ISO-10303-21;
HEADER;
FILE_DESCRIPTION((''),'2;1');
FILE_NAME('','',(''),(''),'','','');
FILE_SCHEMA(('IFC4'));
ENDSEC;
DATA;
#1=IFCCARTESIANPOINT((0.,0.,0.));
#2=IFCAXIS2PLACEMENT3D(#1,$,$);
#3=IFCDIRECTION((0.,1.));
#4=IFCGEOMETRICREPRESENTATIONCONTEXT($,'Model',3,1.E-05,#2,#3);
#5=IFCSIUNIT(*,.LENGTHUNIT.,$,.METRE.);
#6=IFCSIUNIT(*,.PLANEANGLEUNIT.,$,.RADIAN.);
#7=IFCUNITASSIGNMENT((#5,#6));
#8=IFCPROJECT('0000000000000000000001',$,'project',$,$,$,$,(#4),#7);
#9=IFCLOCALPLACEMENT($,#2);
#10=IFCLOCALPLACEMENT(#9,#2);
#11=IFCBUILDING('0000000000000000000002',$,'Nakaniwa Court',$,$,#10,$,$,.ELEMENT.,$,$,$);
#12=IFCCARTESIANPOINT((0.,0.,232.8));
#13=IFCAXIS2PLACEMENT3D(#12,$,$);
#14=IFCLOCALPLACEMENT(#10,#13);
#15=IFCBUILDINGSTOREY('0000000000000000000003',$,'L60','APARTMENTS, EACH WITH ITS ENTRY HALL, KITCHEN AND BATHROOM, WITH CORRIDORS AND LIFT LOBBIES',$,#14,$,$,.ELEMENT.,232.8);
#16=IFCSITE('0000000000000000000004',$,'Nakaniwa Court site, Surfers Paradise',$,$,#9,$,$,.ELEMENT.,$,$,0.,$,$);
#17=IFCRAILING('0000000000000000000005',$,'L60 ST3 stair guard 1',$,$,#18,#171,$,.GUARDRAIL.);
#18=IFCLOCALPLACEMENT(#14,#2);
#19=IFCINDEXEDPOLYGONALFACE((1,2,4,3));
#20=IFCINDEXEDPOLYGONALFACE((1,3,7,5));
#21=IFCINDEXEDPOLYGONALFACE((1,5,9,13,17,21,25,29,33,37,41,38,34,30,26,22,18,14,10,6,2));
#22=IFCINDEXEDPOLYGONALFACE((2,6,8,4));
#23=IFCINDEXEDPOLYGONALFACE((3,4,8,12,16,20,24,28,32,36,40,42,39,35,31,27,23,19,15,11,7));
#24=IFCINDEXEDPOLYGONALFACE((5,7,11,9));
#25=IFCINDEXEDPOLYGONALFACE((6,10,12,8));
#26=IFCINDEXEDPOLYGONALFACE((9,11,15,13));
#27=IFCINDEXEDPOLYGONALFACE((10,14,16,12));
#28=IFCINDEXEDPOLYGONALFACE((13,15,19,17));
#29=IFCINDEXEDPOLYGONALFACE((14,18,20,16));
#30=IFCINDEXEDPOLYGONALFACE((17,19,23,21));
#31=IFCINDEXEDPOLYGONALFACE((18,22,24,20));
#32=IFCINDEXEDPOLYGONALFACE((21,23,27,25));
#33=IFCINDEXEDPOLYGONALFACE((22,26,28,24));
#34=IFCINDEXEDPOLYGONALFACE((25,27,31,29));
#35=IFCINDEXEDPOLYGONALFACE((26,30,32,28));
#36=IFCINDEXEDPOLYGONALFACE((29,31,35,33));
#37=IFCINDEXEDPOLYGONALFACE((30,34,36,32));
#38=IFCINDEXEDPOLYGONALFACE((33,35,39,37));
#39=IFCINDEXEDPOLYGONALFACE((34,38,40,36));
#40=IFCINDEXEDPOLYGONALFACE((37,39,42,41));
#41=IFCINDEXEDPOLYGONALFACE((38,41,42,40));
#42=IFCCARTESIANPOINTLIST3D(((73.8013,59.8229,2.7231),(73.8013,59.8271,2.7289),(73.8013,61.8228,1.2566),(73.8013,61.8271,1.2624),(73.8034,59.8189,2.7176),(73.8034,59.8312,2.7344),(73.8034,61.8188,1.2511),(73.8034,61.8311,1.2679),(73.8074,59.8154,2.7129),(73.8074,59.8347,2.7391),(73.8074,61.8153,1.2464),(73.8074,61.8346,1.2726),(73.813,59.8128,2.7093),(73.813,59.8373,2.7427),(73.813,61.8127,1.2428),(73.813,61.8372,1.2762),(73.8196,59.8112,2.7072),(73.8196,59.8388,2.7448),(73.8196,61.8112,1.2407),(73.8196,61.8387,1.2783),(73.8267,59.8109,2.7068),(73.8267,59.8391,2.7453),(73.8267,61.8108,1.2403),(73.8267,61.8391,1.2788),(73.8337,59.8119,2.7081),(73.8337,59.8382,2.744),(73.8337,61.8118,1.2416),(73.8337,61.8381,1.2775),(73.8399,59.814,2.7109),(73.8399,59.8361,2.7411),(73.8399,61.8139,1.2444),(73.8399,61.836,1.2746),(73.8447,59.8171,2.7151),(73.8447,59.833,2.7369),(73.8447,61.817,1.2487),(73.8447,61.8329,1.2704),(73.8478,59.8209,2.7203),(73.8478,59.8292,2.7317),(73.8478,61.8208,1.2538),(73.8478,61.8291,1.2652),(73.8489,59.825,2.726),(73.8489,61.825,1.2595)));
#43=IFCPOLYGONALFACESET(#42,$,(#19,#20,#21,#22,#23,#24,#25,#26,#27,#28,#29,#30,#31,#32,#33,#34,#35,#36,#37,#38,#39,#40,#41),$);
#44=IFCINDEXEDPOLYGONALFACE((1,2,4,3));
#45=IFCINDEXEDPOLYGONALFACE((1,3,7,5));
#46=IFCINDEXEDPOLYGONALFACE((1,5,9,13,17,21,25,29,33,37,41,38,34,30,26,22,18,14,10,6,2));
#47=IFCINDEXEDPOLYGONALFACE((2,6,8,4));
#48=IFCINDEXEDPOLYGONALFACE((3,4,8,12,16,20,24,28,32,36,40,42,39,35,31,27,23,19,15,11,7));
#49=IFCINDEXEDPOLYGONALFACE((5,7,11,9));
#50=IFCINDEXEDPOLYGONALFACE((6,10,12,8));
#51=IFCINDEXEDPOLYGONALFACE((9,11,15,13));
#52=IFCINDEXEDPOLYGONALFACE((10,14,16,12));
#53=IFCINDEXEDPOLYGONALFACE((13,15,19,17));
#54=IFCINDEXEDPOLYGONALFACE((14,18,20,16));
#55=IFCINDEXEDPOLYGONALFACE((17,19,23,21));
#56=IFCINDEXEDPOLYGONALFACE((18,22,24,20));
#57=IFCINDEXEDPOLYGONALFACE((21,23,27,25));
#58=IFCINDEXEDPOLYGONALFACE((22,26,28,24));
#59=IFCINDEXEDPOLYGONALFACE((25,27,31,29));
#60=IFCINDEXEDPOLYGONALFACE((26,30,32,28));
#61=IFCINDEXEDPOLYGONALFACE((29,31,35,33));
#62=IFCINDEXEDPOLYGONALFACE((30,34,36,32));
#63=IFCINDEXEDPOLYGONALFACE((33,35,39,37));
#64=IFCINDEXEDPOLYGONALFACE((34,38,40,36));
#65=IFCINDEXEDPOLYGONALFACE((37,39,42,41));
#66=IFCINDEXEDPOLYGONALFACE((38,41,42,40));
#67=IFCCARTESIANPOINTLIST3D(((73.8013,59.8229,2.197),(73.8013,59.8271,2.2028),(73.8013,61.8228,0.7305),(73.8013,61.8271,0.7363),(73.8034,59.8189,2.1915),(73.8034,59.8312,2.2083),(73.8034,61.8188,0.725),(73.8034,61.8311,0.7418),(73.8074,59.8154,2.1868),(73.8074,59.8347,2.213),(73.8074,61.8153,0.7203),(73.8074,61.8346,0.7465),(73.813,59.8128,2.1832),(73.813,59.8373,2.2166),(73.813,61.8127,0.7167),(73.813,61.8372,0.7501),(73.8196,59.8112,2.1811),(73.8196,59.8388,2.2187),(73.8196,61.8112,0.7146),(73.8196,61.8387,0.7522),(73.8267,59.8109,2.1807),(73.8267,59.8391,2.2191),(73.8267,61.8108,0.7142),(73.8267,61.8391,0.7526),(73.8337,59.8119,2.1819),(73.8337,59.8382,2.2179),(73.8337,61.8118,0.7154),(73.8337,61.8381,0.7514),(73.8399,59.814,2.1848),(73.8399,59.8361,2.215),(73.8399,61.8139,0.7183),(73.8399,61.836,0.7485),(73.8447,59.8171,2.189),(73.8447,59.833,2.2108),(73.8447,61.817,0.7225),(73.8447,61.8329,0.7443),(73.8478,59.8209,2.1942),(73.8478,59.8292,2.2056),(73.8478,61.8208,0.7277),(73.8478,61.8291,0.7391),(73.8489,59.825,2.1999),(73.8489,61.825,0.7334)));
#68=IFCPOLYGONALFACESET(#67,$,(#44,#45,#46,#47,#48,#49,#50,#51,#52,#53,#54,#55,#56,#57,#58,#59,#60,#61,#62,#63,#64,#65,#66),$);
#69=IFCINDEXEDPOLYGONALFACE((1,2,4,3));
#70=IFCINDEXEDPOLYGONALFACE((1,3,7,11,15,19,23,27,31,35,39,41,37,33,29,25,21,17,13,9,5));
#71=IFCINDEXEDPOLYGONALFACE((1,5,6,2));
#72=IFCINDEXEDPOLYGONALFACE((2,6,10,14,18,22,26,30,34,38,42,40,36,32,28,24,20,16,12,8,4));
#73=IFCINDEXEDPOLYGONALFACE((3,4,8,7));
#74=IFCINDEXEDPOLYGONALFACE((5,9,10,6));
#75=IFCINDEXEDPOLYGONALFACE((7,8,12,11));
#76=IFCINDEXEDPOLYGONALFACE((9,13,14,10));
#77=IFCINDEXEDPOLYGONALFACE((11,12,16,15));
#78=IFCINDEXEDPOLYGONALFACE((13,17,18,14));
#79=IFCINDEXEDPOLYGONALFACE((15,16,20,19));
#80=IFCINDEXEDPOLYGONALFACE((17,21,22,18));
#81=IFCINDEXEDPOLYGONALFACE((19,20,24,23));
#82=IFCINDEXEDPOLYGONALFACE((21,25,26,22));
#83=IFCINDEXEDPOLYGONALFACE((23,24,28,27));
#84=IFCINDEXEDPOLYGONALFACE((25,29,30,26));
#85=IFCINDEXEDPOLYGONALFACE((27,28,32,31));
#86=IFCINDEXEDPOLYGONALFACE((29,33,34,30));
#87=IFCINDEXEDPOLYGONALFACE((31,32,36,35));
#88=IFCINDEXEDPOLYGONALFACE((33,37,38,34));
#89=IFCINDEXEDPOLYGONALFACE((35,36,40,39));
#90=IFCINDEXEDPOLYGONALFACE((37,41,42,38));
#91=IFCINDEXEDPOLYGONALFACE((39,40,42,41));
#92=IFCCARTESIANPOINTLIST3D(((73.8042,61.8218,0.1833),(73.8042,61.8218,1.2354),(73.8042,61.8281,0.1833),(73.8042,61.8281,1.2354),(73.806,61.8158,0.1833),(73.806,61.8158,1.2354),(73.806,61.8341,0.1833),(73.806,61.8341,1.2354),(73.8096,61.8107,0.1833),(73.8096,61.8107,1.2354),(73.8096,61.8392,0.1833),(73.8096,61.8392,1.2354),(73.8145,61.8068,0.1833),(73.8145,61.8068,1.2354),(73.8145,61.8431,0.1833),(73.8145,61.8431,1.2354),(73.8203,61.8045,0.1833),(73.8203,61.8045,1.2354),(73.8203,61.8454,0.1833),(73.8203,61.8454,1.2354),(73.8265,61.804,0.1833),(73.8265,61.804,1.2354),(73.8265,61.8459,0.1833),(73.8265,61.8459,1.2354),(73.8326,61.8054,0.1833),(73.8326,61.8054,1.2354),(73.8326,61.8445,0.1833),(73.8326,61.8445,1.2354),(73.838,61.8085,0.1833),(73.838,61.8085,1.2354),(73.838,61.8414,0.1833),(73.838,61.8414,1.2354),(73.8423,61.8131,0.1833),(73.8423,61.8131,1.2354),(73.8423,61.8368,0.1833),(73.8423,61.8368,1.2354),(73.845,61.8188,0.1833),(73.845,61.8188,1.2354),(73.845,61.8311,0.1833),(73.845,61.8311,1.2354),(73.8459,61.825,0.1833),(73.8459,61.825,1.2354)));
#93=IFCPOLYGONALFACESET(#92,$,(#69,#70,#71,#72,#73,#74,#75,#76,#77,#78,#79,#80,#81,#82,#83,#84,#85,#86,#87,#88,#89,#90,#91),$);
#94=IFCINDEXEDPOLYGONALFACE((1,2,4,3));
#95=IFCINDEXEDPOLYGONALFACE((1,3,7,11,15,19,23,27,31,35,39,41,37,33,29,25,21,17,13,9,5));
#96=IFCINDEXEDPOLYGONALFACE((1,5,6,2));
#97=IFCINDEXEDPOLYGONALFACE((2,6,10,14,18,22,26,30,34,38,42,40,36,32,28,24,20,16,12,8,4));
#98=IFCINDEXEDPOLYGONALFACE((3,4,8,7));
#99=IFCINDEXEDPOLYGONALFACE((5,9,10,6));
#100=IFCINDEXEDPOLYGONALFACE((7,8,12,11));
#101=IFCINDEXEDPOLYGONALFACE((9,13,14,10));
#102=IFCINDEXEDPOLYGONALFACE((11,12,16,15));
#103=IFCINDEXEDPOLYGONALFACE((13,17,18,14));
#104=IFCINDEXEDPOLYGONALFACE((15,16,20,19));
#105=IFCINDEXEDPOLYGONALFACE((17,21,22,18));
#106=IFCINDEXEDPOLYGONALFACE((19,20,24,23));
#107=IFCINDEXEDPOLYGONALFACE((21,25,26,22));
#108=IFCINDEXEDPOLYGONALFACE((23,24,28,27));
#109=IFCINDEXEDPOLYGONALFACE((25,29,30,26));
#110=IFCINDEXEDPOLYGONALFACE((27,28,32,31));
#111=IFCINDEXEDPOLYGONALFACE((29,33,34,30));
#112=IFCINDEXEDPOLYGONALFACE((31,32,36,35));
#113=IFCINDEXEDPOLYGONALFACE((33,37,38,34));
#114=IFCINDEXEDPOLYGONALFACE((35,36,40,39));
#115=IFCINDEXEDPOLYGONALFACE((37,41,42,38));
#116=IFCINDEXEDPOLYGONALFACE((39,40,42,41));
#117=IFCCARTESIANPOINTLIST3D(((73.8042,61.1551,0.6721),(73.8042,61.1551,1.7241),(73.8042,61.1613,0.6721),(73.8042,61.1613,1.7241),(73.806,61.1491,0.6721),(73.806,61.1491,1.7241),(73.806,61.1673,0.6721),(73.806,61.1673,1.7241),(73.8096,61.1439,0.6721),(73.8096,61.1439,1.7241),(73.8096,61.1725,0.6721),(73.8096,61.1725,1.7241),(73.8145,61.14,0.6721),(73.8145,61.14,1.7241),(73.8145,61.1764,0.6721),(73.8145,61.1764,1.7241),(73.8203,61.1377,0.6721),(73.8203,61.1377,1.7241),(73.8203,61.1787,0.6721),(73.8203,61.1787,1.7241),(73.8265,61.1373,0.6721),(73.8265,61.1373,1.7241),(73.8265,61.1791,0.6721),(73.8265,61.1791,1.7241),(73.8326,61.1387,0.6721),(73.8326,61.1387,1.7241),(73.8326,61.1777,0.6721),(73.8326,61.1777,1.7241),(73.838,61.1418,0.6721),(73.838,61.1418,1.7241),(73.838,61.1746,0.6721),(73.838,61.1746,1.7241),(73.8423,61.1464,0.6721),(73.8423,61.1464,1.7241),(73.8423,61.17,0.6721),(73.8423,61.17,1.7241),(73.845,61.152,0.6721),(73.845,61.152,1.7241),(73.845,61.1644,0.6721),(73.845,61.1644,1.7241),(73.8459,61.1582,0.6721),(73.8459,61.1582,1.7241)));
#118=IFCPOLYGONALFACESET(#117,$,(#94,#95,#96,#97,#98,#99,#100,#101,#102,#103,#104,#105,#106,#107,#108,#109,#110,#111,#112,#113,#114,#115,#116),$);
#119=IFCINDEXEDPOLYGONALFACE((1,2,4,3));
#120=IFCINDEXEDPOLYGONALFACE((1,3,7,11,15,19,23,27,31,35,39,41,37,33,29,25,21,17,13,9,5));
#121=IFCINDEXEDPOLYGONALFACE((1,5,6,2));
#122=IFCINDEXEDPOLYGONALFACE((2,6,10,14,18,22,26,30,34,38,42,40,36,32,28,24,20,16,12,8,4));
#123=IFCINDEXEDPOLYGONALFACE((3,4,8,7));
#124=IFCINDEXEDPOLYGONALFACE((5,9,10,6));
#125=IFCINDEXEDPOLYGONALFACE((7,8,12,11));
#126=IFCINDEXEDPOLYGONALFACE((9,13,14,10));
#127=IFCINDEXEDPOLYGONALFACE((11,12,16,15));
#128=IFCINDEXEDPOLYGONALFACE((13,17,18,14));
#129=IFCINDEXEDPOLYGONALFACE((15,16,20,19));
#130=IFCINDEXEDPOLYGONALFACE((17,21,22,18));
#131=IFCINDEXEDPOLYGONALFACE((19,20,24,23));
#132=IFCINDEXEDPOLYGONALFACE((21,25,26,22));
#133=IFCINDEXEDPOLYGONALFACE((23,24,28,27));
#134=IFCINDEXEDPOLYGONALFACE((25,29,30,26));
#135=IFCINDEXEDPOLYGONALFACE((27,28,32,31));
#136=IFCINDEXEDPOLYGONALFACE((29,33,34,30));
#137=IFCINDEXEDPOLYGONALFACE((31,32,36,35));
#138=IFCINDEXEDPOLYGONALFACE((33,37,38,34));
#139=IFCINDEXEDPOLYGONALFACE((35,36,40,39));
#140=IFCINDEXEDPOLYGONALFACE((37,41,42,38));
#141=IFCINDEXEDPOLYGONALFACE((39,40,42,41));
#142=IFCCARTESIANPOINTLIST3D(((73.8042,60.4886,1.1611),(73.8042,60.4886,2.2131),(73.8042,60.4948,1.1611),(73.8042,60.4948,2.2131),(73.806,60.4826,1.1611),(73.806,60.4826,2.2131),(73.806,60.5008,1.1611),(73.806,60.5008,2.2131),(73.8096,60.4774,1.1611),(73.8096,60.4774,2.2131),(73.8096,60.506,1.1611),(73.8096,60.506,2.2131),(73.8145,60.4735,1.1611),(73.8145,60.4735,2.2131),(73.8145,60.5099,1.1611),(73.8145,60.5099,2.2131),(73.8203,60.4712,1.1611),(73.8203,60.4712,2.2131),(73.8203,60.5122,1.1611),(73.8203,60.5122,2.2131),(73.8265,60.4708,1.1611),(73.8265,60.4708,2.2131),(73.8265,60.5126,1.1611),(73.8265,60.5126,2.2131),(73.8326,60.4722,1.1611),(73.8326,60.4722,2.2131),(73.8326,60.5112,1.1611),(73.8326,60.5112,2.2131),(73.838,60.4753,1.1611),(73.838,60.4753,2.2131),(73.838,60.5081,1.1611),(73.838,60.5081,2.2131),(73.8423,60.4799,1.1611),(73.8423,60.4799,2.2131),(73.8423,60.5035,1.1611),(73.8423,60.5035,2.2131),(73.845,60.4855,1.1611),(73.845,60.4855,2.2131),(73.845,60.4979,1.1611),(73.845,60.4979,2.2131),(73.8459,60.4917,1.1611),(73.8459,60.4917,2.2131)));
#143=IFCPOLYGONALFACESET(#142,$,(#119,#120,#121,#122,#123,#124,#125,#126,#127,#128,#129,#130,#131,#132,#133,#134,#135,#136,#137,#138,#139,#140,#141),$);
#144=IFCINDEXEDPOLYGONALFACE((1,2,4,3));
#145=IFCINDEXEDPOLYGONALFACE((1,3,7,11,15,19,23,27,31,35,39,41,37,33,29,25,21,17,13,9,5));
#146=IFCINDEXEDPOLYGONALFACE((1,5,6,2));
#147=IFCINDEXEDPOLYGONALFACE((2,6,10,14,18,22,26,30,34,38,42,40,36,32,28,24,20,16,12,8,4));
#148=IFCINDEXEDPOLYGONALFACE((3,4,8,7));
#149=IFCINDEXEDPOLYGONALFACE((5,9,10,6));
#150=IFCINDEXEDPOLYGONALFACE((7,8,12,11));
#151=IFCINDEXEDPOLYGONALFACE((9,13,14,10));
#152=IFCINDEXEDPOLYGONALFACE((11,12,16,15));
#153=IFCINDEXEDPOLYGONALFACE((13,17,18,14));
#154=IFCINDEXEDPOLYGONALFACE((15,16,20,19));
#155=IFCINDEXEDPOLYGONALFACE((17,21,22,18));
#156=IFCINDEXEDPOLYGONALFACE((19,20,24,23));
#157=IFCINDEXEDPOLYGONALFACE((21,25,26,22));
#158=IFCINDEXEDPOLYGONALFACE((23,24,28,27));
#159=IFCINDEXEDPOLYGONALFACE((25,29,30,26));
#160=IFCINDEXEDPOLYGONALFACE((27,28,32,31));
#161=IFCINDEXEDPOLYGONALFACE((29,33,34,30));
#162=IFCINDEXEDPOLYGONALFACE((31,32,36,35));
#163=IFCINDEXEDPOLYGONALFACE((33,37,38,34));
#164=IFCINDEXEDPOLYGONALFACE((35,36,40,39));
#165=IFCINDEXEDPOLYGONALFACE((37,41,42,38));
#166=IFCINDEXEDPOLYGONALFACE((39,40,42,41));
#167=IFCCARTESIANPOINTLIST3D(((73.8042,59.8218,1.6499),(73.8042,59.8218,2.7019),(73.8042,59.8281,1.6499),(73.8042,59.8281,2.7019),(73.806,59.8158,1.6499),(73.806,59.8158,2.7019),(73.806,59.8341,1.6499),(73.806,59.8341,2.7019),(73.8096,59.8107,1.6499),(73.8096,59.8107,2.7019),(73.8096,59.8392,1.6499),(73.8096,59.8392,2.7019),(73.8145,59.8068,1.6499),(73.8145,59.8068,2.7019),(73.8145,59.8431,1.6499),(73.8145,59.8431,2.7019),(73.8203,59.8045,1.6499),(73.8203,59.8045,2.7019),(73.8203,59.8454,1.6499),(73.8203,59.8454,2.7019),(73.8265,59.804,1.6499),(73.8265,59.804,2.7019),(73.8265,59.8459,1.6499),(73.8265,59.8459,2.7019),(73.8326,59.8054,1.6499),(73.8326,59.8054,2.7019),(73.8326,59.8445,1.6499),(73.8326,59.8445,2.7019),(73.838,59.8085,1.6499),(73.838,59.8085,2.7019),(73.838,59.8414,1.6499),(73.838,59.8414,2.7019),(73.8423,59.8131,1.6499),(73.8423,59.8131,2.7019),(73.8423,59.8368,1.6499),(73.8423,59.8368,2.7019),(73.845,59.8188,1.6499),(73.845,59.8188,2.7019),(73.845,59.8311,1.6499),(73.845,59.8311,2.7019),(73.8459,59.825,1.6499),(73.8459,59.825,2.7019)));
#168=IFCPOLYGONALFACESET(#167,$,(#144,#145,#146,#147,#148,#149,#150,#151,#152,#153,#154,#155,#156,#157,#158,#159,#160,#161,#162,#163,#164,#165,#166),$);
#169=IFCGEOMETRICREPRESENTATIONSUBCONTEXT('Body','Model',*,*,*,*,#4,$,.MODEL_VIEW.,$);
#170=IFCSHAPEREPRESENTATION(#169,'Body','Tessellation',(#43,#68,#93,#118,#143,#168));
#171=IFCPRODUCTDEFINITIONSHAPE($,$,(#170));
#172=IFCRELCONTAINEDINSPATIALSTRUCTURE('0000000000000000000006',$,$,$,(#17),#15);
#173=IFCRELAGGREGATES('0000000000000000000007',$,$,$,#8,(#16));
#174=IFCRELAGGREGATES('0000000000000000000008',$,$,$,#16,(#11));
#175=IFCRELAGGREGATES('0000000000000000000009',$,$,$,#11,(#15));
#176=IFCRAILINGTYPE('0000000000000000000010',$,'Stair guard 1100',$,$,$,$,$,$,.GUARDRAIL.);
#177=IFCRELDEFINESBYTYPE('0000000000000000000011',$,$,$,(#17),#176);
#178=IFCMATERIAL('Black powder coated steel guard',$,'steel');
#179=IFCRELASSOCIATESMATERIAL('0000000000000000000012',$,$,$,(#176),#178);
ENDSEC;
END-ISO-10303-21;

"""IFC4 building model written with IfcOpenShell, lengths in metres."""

from ifc_helpers import new_model, si_unit, direction, frame, origin, origin_2d, place, context, subcontext, project, spatial, circle, extrude, material, type_object, element, save


model = new_model("IFC4")

# Units and contexts
model_context = context("Model", 3, precision=1e-05, world=origin(), true_north=direction((0.0, 1.0)))
body_context = subcontext(model_context, "Body", "Model", "MODEL_VIEW")
ifc_project = project(units=[si_unit("LENGTHUNIT", "METRE"), si_unit("PLANEANGLEUNIT", "RADIAN")], contexts=[model_context])

# Site, building, storey
site_placement = place(None, origin())
site = spatial("IfcSite", under=ifc_project, at=site_placement, Name="Nakaniwa Court site, Surfers Paradise", CompositionType="ELEMENT", RefElevation=0.0)
building_placement = place(site_placement, origin())
building = spatial("IfcBuilding", under=site, at=building_placement, Name="Nakaniwa Court", CompositionType="ELEMENT")
storey_placement = place(building_placement, frame((0.0, 0.0, 232.8)))
storey = spatial("IfcBuildingStorey", under=building, at=storey_placement, Name="L60", Description="APARTMENTS, EACH WITH ITS ENTRY HALL, KITCHEN AND BATHROOM, WITH CORRIDORS AND LIFT LOBBIES", CompositionType="ELEMENT", Elevation=232.8)

# Railing
ifc_material_1 = material(Name="Black powder coated steel guard", Category="steel")
railing_type_1 = type_object("IfcRailingType", Name="Stair guard 1100", PredefinedType="GUARDRAIL", material=ifc_material_1)
railing_1_placement = place(storey_placement, frame((73.825, 61.825, 0.1833)))
element("IfcRailing", 1, at=railing_1_placement, inside=storey, type_object=railing_type_1, Name="L60 ST3 stair guard 1", PredefinedType="GUARDRAIL", context=body_context, shape_type="SweptSolid", body=[
    extrude(circle(Radius=0.0239, at=origin_2d()), frame((0.0, 0.0, 1.0762), z_axis=(0.0, -0.806427, 0.591334), x_axis=(1.0, 0.0, 0.0)), (0.0, 0.0, 1.0), 2.48),
    extrude(circle(Radius=0.0239, at=origin_2d()), frame((0.0, 0.0, 0.55), z_axis=(0.0, -0.806427, 0.591334), x_axis=(1.0, 0.0, 0.0)), (0.0, 0.0, 1.0), 2.48),
    extrude(circle(Radius=0.021, at=origin_2d()), origin(), (0.0, 0.0, 1.0), 1.052),
    extrude(circle(Radius=0.021, at=origin_2d()), frame((0.0, -0.6667, 0.4888)), (0.0, 0.0, 1.0), 1.052),
    extrude(circle(Radius=0.021, at=origin_2d()), frame((0.0, -1.3333, 0.9778)), (0.0, 0.0, 1.0), 1.052),
    extrude(circle(Radius=0.021, at=origin_2d()), frame((0.0, -2.0, 1.4666)), (0.0, 0.0, 1.0), 1.052),
])

save(model, "model.ifc")
